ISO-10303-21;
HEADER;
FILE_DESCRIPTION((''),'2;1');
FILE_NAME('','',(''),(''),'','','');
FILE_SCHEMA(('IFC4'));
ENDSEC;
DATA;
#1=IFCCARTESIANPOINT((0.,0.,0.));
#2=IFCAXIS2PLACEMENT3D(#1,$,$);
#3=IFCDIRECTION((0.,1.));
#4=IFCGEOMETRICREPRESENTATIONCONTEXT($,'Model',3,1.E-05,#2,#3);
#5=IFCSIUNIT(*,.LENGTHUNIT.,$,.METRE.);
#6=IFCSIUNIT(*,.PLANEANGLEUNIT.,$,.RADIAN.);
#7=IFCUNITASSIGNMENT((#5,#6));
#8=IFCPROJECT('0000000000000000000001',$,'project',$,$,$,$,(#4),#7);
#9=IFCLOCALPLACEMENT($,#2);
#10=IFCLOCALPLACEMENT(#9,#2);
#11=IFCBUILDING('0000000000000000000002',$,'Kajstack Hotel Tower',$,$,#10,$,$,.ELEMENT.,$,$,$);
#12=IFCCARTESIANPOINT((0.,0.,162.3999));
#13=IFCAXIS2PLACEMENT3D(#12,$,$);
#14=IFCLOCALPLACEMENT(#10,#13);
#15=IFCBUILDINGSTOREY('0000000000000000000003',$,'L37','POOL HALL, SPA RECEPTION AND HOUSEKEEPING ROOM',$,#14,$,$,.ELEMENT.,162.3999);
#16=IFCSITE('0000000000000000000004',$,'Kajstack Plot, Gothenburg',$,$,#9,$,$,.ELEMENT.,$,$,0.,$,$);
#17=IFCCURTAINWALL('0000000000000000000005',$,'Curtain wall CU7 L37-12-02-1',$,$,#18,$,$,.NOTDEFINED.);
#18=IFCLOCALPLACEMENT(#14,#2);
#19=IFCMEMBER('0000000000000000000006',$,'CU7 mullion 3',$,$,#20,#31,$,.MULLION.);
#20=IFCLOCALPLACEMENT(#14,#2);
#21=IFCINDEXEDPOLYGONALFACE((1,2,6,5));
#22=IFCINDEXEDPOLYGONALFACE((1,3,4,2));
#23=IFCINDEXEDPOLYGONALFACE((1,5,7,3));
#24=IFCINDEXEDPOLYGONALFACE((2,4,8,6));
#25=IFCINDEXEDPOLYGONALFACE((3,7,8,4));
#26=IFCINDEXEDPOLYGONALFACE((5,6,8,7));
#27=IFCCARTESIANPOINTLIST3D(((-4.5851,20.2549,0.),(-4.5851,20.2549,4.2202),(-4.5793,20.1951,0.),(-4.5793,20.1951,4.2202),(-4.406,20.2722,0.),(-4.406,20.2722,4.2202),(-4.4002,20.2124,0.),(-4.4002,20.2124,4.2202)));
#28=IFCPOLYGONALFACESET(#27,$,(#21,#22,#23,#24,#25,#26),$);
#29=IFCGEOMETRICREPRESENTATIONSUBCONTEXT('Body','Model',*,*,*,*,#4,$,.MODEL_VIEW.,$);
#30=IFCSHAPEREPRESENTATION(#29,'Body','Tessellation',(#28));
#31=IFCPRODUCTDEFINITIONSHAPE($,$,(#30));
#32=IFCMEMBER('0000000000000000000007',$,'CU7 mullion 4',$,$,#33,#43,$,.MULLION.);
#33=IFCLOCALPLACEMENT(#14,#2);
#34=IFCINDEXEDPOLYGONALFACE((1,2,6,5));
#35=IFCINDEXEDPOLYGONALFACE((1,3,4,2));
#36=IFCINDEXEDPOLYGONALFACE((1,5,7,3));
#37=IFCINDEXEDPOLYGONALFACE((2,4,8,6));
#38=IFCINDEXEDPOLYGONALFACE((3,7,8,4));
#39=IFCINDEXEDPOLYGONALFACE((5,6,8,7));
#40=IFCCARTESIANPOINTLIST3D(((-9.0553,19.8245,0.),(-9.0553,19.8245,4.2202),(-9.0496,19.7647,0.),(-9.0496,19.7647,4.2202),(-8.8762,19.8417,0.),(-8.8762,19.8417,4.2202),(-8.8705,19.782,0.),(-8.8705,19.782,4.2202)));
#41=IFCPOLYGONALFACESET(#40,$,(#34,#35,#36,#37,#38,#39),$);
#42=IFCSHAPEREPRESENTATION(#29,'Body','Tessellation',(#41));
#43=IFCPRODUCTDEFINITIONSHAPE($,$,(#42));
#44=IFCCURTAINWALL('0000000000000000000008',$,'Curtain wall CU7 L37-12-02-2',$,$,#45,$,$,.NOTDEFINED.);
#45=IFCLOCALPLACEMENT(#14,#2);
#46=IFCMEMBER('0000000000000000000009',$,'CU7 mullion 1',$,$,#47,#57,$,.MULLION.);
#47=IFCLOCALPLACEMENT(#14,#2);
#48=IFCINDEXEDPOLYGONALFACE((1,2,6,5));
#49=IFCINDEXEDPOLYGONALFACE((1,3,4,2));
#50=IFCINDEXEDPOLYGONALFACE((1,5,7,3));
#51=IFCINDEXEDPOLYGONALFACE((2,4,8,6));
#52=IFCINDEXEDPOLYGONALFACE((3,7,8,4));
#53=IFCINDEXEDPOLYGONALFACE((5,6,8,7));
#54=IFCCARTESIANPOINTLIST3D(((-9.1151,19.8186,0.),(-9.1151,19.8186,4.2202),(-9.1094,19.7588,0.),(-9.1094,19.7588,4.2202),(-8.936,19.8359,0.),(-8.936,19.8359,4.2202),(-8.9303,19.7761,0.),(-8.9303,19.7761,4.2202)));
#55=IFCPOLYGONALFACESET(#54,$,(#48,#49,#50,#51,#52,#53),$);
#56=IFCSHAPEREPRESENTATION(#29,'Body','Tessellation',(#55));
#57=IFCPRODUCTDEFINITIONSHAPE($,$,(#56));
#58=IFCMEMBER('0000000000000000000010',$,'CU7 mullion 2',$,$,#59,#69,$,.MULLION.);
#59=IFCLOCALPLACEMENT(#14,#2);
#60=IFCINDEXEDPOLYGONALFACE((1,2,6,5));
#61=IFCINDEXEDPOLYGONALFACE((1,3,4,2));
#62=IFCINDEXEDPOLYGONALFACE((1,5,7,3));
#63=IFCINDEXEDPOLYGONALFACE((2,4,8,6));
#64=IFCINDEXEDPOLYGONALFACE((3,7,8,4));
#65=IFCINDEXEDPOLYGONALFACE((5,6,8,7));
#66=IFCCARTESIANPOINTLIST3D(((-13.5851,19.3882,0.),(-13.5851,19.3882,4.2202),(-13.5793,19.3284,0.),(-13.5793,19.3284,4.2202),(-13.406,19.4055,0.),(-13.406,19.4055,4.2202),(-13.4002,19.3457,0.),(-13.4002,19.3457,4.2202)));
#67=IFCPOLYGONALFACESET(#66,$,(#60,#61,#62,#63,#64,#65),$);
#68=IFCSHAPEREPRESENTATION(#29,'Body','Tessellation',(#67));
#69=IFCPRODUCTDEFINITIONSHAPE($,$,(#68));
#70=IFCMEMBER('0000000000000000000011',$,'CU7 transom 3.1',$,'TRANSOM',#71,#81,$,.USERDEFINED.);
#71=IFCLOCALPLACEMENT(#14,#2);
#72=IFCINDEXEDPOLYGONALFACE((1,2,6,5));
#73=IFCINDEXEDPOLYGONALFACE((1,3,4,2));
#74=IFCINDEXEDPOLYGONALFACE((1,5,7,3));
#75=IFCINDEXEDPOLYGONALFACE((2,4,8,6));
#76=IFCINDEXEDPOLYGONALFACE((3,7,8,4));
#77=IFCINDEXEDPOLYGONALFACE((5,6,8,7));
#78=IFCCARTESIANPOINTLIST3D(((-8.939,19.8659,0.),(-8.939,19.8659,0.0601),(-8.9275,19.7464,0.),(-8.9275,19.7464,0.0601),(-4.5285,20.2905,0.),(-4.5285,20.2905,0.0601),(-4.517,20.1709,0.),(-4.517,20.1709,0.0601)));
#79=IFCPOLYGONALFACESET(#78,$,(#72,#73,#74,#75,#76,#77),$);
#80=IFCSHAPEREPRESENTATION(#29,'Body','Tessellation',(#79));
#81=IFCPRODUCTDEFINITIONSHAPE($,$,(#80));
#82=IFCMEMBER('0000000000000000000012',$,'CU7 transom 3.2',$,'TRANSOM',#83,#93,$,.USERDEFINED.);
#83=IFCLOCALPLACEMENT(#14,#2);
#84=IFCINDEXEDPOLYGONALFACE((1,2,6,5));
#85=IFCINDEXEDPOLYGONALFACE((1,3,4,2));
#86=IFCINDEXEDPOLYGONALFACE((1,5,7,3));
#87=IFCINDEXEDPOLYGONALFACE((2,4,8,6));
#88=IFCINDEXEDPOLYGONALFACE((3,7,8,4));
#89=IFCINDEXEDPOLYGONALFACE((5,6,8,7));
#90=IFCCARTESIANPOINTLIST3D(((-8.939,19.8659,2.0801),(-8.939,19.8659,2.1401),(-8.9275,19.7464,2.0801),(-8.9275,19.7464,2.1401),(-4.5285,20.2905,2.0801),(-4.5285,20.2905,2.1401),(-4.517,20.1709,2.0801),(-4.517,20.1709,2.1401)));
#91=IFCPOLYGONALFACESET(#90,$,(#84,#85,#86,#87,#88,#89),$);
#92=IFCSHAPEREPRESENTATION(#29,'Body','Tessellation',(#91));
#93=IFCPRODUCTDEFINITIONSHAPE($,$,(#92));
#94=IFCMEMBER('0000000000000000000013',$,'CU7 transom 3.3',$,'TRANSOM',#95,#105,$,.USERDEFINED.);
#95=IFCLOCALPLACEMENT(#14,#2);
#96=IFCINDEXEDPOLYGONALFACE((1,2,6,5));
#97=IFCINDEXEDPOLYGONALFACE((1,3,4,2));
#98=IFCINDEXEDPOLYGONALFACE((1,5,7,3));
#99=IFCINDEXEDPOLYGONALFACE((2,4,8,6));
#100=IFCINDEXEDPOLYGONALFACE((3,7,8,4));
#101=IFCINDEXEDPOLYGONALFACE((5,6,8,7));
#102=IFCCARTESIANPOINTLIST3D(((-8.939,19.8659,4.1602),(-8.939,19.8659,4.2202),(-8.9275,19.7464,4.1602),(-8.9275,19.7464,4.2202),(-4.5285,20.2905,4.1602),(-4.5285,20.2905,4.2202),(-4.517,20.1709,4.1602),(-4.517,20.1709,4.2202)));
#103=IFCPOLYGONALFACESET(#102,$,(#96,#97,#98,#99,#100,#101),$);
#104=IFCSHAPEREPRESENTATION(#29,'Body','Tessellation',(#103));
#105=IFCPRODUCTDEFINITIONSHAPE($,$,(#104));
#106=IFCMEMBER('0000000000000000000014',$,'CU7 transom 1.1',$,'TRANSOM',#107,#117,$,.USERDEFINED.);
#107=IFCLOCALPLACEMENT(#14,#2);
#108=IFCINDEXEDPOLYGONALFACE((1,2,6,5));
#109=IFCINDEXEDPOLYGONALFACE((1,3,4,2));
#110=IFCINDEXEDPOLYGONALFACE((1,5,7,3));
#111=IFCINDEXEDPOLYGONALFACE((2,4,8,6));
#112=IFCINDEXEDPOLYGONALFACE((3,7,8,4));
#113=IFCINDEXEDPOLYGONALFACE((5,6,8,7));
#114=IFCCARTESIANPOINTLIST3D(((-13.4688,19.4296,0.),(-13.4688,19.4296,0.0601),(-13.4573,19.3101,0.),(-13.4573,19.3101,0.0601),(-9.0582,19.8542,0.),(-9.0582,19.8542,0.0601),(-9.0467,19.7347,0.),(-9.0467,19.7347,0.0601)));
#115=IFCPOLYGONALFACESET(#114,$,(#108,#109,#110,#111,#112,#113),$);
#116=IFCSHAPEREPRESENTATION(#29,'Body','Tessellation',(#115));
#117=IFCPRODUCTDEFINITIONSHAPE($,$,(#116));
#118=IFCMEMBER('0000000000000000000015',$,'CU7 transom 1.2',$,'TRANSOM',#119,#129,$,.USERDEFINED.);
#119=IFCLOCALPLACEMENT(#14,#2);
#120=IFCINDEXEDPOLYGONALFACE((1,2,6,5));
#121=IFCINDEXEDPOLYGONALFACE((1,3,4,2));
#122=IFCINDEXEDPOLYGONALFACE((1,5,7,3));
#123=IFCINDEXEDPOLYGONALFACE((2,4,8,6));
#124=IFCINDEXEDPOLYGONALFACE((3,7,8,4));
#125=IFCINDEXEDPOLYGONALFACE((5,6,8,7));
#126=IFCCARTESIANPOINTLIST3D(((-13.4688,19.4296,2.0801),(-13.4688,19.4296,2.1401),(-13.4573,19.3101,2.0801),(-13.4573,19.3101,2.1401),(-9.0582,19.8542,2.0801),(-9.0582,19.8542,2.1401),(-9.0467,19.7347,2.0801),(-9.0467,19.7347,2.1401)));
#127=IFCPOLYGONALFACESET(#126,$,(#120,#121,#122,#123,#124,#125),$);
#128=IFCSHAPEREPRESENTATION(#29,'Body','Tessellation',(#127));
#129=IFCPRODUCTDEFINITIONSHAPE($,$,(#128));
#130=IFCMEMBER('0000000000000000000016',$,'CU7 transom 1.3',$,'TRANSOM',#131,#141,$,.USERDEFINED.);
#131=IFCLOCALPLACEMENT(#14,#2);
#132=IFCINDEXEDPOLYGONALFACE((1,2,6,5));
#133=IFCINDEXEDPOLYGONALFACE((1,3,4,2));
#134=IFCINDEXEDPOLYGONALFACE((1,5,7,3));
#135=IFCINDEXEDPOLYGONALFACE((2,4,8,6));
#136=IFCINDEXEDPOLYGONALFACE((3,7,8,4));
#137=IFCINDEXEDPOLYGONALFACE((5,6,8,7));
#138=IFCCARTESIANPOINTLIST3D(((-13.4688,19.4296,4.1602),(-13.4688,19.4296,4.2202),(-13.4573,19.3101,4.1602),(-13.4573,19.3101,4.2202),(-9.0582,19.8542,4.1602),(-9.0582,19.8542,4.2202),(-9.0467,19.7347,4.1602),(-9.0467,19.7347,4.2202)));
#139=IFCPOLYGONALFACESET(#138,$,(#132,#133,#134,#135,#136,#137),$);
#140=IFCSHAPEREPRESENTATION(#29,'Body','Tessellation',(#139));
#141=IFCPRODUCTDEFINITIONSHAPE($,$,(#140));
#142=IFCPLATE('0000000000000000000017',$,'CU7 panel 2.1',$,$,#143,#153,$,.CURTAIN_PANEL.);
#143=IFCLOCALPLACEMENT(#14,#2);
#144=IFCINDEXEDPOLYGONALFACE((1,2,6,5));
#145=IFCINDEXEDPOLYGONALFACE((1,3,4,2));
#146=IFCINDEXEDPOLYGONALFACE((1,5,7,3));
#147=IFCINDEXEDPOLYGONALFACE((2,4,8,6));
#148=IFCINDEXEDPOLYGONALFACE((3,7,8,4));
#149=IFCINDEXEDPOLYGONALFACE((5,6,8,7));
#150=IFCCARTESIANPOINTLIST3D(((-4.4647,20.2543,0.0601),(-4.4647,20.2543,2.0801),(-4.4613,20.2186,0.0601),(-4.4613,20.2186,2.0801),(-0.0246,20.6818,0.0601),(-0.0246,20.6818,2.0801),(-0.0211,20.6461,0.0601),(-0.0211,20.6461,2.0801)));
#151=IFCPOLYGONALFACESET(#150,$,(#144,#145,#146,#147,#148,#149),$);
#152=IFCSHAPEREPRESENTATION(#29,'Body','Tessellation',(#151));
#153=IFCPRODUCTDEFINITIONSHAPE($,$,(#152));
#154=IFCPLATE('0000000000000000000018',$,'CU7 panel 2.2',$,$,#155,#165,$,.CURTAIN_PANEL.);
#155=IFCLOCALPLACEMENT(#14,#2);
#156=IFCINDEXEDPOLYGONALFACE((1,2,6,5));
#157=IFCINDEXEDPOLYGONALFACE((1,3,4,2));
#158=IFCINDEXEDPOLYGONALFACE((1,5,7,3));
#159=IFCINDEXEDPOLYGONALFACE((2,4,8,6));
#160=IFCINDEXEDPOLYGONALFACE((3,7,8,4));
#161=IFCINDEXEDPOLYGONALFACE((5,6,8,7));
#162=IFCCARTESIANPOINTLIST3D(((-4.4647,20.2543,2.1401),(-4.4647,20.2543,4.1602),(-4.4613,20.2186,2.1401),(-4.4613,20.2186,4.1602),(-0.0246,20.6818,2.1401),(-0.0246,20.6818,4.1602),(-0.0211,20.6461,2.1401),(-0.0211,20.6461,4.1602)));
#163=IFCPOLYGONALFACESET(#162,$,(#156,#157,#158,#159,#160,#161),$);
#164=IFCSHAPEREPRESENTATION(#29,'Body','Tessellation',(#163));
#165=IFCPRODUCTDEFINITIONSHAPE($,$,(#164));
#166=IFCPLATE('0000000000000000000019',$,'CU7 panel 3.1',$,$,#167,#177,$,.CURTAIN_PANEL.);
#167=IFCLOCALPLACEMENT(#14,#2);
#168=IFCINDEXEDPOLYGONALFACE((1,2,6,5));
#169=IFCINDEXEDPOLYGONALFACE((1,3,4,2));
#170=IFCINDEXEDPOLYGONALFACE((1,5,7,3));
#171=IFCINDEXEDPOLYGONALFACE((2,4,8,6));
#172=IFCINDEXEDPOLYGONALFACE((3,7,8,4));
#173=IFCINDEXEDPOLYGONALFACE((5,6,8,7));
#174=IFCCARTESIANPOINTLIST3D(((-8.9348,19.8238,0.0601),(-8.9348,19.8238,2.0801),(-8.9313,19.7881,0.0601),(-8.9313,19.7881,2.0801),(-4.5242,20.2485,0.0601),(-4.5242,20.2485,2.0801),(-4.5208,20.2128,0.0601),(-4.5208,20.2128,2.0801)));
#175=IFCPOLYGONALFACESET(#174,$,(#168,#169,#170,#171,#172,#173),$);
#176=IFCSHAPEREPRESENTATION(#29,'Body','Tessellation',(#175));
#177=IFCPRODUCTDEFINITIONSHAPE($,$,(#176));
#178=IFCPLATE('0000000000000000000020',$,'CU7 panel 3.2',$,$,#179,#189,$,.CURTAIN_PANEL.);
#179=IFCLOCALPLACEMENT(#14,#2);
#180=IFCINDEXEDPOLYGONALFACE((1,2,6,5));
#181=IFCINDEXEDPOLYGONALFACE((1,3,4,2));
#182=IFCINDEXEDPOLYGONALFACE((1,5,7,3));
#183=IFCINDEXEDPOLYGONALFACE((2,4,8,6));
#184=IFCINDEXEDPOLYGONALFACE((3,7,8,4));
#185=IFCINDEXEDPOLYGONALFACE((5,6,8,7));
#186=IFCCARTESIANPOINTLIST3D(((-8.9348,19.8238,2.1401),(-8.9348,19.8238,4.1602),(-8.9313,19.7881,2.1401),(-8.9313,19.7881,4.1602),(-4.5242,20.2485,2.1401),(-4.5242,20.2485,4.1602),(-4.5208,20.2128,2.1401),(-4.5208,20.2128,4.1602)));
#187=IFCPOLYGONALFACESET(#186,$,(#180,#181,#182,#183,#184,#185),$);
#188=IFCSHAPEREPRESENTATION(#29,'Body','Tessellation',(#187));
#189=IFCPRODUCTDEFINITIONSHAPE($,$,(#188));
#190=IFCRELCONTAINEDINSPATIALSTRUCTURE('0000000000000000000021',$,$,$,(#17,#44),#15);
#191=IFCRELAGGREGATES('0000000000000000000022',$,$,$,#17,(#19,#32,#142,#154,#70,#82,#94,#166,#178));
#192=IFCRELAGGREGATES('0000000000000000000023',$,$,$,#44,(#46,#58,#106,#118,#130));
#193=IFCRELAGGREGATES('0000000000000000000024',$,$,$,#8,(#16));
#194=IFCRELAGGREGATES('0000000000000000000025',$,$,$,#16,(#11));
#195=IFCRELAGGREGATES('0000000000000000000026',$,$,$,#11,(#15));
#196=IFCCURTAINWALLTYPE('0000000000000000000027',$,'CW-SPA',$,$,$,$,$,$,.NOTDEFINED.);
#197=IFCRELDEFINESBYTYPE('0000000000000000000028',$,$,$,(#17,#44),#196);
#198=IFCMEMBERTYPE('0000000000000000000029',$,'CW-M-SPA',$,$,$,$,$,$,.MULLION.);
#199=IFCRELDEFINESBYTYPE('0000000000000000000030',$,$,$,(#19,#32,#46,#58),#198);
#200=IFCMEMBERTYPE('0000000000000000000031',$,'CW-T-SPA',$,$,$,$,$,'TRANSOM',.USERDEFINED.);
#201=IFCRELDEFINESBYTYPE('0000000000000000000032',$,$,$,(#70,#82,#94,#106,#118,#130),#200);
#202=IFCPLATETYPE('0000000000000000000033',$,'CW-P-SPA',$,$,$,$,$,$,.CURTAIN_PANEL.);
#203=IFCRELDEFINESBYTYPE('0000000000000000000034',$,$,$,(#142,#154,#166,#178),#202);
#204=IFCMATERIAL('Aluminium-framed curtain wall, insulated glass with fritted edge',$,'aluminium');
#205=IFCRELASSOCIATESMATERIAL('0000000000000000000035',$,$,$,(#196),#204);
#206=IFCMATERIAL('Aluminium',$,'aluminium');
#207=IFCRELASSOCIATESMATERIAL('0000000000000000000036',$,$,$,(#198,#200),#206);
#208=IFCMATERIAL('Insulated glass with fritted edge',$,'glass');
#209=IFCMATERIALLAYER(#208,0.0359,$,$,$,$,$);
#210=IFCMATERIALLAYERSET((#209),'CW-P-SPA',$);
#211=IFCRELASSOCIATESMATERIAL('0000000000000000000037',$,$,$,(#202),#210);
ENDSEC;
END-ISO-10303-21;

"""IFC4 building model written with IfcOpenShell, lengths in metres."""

from ifc_helpers import new_model, si_unit, direction, frame, origin, origin_2d, place, context, subcontext, project, spatial, rectangle, extrude, material, layer, layer_set, material_profile, profile_set, type_object, element, aggregate, save


model = new_model("IFC4")

# Units and contexts
model_context = context("Model", 3, precision=1e-05, world=origin(), true_north=direction((0.0, 1.0)))
body_context = subcontext(model_context, "Body", "Model", "MODEL_VIEW")
ifc_project = project(units=[si_unit("LENGTHUNIT", "METRE"), si_unit("PLANEANGLEUNIT", "RADIAN")], contexts=[model_context])

# Site, building, storey
site_placement = place(None, origin())
site = spatial("IfcSite", under=ifc_project, at=site_placement, Name="Kajstack Plot, Gothenburg", CompositionType="ELEMENT", RefElevation=0.0)
building_placement = place(site_placement, origin())
building = spatial("IfcBuilding", under=site, at=building_placement, Name="Kajstack Hotel Tower", CompositionType="ELEMENT")
storey_placement = place(building_placement, frame((0.0, 0.0, 162.3999)))
storey = spatial("IfcBuildingStorey", under=building, at=storey_placement, Name="L37", Description="POOL HALL, SPA RECEPTION AND HOUSEKEEPING ROOM", CompositionType="ELEMENT", Elevation=162.3999)

# Curtain walls, members
ifc_material_1 = material(Name="Aluminium-framed curtain wall, insulated glass with fritted edge", Category="aluminium")
curtain_wall_type = type_object("IfcCurtainWallType", Name="CW-SPA", PredefinedType="NOTDEFINED", material=ifc_material_1)
curtain_wall_1_placement = place(storey_placement, origin())
curtain_wall_1 = element("IfcCurtainWall", 1, at=curtain_wall_1_placement, inside=storey, type_object=curtain_wall_type, Name="Curtain wall CU7 L37-12-02-1", PredefinedType="NOTDEFINED")
ifc_material_2 = material(Name="Aluminium", Category="aluminium")
ifc_material_profile_1 = material_profile(ifc_material_2, rectangle(XDim=0.0601, YDim=0.1799, at=origin_2d()), Name="Aluminium mullion 60 x 180")
ifc_profile_set_1 = profile_set([ifc_material_profile_1], Name="Aluminium")
member_type_1 = type_object("IfcMemberType", Name="CW-M-SPA", PredefinedType="MULLION", material=ifc_profile_set_1)
member_1_placement = place(storey_placement, frame((-4.4927, 20.2336, 0.0), z_axis=(0.0, 0.0, 1.0), x_axis=(0.095845, -0.995396, 0.0)))
member_1 = element("IfcMember", 2, at=member_1_placement, type_object=member_type_1, Name="CU7 mullion 3", PredefinedType="MULLION", context=body_context, shape_type="SweptSolid", body=[
    extrude(rectangle(XDim=0.0601, YDim=0.1799, at=origin_2d()), origin(), (0.0, 0.0, 1.0), 4.2202),
])
member_2_placement = place(storey_placement, frame((-8.9629, 19.8032, 0.0), z_axis=(0.0, 0.0, 1.0), x_axis=(0.095845, -0.995396, 0.0)))
member_2 = element("IfcMember", 3, at=member_2_placement, type_object=member_type_1, Name="CU7 mullion 4", PredefinedType="MULLION", context=body_context, shape_type="SweptSolid", body=[
    extrude(rectangle(XDim=0.0601, YDim=0.1799, at=origin_2d()), origin(), (0.0, 0.0, 1.0), 4.2202),
])
curtain_wall_2_placement = place(storey_placement, origin())
curtain_wall_2 = element("IfcCurtainWall", 4, at=curtain_wall_2_placement, inside=storey, type_object=curtain_wall_type, Name="Curtain wall CU7 L37-12-02-2", PredefinedType="NOTDEFINED")
member_3_placement = place(storey_placement, frame((-9.0227, 19.7974, 0.0), z_axis=(0.0, 0.0, 1.0), x_axis=(0.095845, -0.995396, 0.0)))
member_3 = element("IfcMember", 5, at=member_3_placement, type_object=member_type_1, Name="CU7 mullion 1", PredefinedType="MULLION", context=body_context, shape_type="SweptSolid", body=[
    extrude(rectangle(XDim=0.0601, YDim=0.1799, at=origin_2d()), origin(), (0.0, 0.0, 1.0), 4.2202),
])
member_4_placement = place(storey_placement, frame((-13.4927, 19.3669, 0.0), z_axis=(0.0, 0.0, 1.0), x_axis=(0.095845, -0.995396, 0.0)))
member_4 = element("IfcMember", 6, at=member_4_placement, type_object=member_type_1, Name="CU7 mullion 2", PredefinedType="MULLION", context=body_context, shape_type="SweptSolid", body=[
    extrude(rectangle(XDim=0.0601, YDim=0.1799, at=origin_2d()), origin(), (0.0, 0.0, 1.0), 4.2202),
])

# Members
ifc_material_profile_2 = material_profile(ifc_material_2, rectangle(XDim=0.1201, YDim=0.0601, at=origin_2d()), Name="Aluminium transom 120 x 60")
ifc_profile_set_2 = profile_set([ifc_material_profile_2], Name="Aluminium")
member_type_2 = type_object("IfcMemberType", Name="CW-T-SPA", ElementType="TRANSOM", PredefinedType="USERDEFINED", material=ifc_profile_set_2)
member_5_placement = place(storey_placement, frame((-4.5227, 20.2307, 0.03), z_axis=(-0.995399, -0.095821, 0.0), x_axis=(0.095821, -0.995399, 0.0)))
member_5 = element("IfcMember", 7, at=member_5_placement, type_object=member_type_2, Name="CU7 transom 3.1", ObjectType="TRANSOM", PredefinedType="USERDEFINED", context=body_context, shape_type="SweptSolid", body=[
    extrude(rectangle(XDim=0.1201, YDim=0.0601, at=origin_2d()), origin(), (0.0, 0.0, 1.0), 4.4309),
])
member_6_placement = place(storey_placement, frame((-4.5227, 20.2307, 2.1101), z_axis=(-0.995399, -0.095821, 0.0), x_axis=(0.095821, -0.995399, 0.0)))
member_6 = element("IfcMember", 8, at=member_6_placement, type_object=member_type_2, Name="CU7 transom 3.2", ObjectType="TRANSOM", PredefinedType="USERDEFINED", context=body_context, shape_type="SweptSolid", body=[
    extrude(rectangle(XDim=0.1201, YDim=0.0601, at=origin_2d()), origin(), (0.0, 0.0, 1.0), 4.4309),
])
member_7_placement = place(storey_placement, frame((-4.5227, 20.2307, 4.1902), z_axis=(-0.995399, -0.095821, 0.0), x_axis=(0.095821, -0.995399, 0.0)))
member_7 = element("IfcMember", 9, at=member_7_placement, type_object=member_type_2, Name="CU7 transom 3.3", ObjectType="TRANSOM", PredefinedType="USERDEFINED", context=body_context, shape_type="SweptSolid", body=[
    extrude(rectangle(XDim=0.1201, YDim=0.0601, at=origin_2d()), origin(), (0.0, 0.0, 1.0), 4.4309),
])
member_8_placement = place(storey_placement, frame((-9.0525, 19.7944, 0.03), z_axis=(-0.995399, -0.095821, 0.0), x_axis=(0.095821, -0.995399, 0.0)))
member_8 = element("IfcMember", 10, at=member_8_placement, type_object=member_type_2, Name="CU7 transom 1.1", ObjectType="TRANSOM", PredefinedType="USERDEFINED", context=body_context, shape_type="SweptSolid", body=[
    extrude(rectangle(XDim=0.1201, YDim=0.0601, at=origin_2d()), origin(), (0.0, 0.0, 1.0), 4.4309),
])
member_9_placement = place(storey_placement, frame((-9.0525, 19.7944, 2.1101), z_axis=(-0.995399, -0.095821, 0.0), x_axis=(0.095821, -0.995399, 0.0)))
member_9 = element("IfcMember", 11, at=member_9_placement, type_object=member_type_2, Name="CU7 transom 1.2", ObjectType="TRANSOM", PredefinedType="USERDEFINED", context=body_context, shape_type="SweptSolid", body=[
    extrude(rectangle(XDim=0.1201, YDim=0.0601, at=origin_2d()), origin(), (0.0, 0.0, 1.0), 4.4309),
])
member_10_placement = place(storey_placement, frame((-9.0525, 19.7944, 4.1902), z_axis=(-0.995399, -0.095821, 0.0), x_axis=(0.095821, -0.995399, 0.0)))
member_10 = element("IfcMember", 12, at=member_10_placement, type_object=member_type_2, Name="CU7 transom 1.3", ObjectType="TRANSOM", PredefinedType="USERDEFINED", context=body_context, shape_type="SweptSolid", body=[
    extrude(rectangle(XDim=0.1201, YDim=0.0601, at=origin_2d()), origin(), (0.0, 0.0, 1.0), 4.4309),
])

# Plates
ifc_material_3 = material(Name="Insulated glass with fritted edge", Category="glass")
ifc_layer = layer(ifc_material_3, 0.0359)
ifc_layer_set = layer_set([ifc_layer], Name="CW-P-SPA")
plate_type = type_object("IfcPlateType", Name="CW-P-SPA", PredefinedType="CURTAIN_PANEL", material=ifc_layer_set)
plate_1_placement = place(storey_placement, frame((-2.2429, 20.4502, 0.0601), z_axis=(0.0, 0.0, 1.0), x_axis=(-0.995396, -0.095845, 0.0)))
plate_1 = element("IfcPlate", 13, at=plate_1_placement, type_object=plate_type, Name="CU7 panel 2.1", PredefinedType="CURTAIN_PANEL", context=body_context, shape_type="SweptSolid", body=[
    extrude(rectangle(XDim=4.4607, YDim=0.0359, at=origin_2d()), origin(), (0.0, 0.0, 1.0), 2.02),
])
plate_2_placement = place(storey_placement, frame((-2.2429, 20.4502, 2.1401), z_axis=(0.0, 0.0, 1.0), x_axis=(-0.995396, -0.095845, 0.0)))
plate_2 = element("IfcPlate", 14, at=plate_2_placement, type_object=plate_type, Name="CU7 panel 2.2", PredefinedType="CURTAIN_PANEL", context=body_context, shape_type="SweptSolid", body=[
    extrude(rectangle(XDim=4.4607, YDim=0.0359, at=origin_2d()), origin(), (0.0, 0.0, 1.0), 2.02),
])
plate_3_placement = place(storey_placement, frame((-6.7278, 20.0183, 0.0601), z_axis=(0.0, 0.0, 1.0), x_axis=(-0.995396, -0.095845, 0.0)))
plate_3 = element("IfcPlate", 15, at=plate_3_placement, type_object=plate_type, Name="CU7 panel 3.1", PredefinedType="CURTAIN_PANEL", context=body_context, shape_type="SweptSolid", body=[
    extrude(rectangle(XDim=4.4309, YDim=0.0359, at=origin_2d()), origin(), (0.0, 0.0, 1.0), 2.02),
])
plate_4_placement = place(storey_placement, frame((-6.7278, 20.0183, 2.1401), z_axis=(0.0, 0.0, 1.0), x_axis=(-0.995396, -0.095845, 0.0)))
plate_4 = element("IfcPlate", 16, at=plate_4_placement, type_object=plate_type, Name="CU7 panel 3.2", PredefinedType="CURTAIN_PANEL", context=body_context, shape_type="SweptSolid", body=[
    extrude(rectangle(XDim=4.4309, YDim=0.0359, at=origin_2d()), origin(), (0.0, 0.0, 1.0), 2.02),
])
aggregate(curtain_wall_1, [member_1, member_2, plate_1, plate_2, member_5, member_6, member_7, plate_3, plate_4])
aggregate(curtain_wall_2, [member_3, member_4, member_8, member_9, member_10])

save(model, "model.ifc")
